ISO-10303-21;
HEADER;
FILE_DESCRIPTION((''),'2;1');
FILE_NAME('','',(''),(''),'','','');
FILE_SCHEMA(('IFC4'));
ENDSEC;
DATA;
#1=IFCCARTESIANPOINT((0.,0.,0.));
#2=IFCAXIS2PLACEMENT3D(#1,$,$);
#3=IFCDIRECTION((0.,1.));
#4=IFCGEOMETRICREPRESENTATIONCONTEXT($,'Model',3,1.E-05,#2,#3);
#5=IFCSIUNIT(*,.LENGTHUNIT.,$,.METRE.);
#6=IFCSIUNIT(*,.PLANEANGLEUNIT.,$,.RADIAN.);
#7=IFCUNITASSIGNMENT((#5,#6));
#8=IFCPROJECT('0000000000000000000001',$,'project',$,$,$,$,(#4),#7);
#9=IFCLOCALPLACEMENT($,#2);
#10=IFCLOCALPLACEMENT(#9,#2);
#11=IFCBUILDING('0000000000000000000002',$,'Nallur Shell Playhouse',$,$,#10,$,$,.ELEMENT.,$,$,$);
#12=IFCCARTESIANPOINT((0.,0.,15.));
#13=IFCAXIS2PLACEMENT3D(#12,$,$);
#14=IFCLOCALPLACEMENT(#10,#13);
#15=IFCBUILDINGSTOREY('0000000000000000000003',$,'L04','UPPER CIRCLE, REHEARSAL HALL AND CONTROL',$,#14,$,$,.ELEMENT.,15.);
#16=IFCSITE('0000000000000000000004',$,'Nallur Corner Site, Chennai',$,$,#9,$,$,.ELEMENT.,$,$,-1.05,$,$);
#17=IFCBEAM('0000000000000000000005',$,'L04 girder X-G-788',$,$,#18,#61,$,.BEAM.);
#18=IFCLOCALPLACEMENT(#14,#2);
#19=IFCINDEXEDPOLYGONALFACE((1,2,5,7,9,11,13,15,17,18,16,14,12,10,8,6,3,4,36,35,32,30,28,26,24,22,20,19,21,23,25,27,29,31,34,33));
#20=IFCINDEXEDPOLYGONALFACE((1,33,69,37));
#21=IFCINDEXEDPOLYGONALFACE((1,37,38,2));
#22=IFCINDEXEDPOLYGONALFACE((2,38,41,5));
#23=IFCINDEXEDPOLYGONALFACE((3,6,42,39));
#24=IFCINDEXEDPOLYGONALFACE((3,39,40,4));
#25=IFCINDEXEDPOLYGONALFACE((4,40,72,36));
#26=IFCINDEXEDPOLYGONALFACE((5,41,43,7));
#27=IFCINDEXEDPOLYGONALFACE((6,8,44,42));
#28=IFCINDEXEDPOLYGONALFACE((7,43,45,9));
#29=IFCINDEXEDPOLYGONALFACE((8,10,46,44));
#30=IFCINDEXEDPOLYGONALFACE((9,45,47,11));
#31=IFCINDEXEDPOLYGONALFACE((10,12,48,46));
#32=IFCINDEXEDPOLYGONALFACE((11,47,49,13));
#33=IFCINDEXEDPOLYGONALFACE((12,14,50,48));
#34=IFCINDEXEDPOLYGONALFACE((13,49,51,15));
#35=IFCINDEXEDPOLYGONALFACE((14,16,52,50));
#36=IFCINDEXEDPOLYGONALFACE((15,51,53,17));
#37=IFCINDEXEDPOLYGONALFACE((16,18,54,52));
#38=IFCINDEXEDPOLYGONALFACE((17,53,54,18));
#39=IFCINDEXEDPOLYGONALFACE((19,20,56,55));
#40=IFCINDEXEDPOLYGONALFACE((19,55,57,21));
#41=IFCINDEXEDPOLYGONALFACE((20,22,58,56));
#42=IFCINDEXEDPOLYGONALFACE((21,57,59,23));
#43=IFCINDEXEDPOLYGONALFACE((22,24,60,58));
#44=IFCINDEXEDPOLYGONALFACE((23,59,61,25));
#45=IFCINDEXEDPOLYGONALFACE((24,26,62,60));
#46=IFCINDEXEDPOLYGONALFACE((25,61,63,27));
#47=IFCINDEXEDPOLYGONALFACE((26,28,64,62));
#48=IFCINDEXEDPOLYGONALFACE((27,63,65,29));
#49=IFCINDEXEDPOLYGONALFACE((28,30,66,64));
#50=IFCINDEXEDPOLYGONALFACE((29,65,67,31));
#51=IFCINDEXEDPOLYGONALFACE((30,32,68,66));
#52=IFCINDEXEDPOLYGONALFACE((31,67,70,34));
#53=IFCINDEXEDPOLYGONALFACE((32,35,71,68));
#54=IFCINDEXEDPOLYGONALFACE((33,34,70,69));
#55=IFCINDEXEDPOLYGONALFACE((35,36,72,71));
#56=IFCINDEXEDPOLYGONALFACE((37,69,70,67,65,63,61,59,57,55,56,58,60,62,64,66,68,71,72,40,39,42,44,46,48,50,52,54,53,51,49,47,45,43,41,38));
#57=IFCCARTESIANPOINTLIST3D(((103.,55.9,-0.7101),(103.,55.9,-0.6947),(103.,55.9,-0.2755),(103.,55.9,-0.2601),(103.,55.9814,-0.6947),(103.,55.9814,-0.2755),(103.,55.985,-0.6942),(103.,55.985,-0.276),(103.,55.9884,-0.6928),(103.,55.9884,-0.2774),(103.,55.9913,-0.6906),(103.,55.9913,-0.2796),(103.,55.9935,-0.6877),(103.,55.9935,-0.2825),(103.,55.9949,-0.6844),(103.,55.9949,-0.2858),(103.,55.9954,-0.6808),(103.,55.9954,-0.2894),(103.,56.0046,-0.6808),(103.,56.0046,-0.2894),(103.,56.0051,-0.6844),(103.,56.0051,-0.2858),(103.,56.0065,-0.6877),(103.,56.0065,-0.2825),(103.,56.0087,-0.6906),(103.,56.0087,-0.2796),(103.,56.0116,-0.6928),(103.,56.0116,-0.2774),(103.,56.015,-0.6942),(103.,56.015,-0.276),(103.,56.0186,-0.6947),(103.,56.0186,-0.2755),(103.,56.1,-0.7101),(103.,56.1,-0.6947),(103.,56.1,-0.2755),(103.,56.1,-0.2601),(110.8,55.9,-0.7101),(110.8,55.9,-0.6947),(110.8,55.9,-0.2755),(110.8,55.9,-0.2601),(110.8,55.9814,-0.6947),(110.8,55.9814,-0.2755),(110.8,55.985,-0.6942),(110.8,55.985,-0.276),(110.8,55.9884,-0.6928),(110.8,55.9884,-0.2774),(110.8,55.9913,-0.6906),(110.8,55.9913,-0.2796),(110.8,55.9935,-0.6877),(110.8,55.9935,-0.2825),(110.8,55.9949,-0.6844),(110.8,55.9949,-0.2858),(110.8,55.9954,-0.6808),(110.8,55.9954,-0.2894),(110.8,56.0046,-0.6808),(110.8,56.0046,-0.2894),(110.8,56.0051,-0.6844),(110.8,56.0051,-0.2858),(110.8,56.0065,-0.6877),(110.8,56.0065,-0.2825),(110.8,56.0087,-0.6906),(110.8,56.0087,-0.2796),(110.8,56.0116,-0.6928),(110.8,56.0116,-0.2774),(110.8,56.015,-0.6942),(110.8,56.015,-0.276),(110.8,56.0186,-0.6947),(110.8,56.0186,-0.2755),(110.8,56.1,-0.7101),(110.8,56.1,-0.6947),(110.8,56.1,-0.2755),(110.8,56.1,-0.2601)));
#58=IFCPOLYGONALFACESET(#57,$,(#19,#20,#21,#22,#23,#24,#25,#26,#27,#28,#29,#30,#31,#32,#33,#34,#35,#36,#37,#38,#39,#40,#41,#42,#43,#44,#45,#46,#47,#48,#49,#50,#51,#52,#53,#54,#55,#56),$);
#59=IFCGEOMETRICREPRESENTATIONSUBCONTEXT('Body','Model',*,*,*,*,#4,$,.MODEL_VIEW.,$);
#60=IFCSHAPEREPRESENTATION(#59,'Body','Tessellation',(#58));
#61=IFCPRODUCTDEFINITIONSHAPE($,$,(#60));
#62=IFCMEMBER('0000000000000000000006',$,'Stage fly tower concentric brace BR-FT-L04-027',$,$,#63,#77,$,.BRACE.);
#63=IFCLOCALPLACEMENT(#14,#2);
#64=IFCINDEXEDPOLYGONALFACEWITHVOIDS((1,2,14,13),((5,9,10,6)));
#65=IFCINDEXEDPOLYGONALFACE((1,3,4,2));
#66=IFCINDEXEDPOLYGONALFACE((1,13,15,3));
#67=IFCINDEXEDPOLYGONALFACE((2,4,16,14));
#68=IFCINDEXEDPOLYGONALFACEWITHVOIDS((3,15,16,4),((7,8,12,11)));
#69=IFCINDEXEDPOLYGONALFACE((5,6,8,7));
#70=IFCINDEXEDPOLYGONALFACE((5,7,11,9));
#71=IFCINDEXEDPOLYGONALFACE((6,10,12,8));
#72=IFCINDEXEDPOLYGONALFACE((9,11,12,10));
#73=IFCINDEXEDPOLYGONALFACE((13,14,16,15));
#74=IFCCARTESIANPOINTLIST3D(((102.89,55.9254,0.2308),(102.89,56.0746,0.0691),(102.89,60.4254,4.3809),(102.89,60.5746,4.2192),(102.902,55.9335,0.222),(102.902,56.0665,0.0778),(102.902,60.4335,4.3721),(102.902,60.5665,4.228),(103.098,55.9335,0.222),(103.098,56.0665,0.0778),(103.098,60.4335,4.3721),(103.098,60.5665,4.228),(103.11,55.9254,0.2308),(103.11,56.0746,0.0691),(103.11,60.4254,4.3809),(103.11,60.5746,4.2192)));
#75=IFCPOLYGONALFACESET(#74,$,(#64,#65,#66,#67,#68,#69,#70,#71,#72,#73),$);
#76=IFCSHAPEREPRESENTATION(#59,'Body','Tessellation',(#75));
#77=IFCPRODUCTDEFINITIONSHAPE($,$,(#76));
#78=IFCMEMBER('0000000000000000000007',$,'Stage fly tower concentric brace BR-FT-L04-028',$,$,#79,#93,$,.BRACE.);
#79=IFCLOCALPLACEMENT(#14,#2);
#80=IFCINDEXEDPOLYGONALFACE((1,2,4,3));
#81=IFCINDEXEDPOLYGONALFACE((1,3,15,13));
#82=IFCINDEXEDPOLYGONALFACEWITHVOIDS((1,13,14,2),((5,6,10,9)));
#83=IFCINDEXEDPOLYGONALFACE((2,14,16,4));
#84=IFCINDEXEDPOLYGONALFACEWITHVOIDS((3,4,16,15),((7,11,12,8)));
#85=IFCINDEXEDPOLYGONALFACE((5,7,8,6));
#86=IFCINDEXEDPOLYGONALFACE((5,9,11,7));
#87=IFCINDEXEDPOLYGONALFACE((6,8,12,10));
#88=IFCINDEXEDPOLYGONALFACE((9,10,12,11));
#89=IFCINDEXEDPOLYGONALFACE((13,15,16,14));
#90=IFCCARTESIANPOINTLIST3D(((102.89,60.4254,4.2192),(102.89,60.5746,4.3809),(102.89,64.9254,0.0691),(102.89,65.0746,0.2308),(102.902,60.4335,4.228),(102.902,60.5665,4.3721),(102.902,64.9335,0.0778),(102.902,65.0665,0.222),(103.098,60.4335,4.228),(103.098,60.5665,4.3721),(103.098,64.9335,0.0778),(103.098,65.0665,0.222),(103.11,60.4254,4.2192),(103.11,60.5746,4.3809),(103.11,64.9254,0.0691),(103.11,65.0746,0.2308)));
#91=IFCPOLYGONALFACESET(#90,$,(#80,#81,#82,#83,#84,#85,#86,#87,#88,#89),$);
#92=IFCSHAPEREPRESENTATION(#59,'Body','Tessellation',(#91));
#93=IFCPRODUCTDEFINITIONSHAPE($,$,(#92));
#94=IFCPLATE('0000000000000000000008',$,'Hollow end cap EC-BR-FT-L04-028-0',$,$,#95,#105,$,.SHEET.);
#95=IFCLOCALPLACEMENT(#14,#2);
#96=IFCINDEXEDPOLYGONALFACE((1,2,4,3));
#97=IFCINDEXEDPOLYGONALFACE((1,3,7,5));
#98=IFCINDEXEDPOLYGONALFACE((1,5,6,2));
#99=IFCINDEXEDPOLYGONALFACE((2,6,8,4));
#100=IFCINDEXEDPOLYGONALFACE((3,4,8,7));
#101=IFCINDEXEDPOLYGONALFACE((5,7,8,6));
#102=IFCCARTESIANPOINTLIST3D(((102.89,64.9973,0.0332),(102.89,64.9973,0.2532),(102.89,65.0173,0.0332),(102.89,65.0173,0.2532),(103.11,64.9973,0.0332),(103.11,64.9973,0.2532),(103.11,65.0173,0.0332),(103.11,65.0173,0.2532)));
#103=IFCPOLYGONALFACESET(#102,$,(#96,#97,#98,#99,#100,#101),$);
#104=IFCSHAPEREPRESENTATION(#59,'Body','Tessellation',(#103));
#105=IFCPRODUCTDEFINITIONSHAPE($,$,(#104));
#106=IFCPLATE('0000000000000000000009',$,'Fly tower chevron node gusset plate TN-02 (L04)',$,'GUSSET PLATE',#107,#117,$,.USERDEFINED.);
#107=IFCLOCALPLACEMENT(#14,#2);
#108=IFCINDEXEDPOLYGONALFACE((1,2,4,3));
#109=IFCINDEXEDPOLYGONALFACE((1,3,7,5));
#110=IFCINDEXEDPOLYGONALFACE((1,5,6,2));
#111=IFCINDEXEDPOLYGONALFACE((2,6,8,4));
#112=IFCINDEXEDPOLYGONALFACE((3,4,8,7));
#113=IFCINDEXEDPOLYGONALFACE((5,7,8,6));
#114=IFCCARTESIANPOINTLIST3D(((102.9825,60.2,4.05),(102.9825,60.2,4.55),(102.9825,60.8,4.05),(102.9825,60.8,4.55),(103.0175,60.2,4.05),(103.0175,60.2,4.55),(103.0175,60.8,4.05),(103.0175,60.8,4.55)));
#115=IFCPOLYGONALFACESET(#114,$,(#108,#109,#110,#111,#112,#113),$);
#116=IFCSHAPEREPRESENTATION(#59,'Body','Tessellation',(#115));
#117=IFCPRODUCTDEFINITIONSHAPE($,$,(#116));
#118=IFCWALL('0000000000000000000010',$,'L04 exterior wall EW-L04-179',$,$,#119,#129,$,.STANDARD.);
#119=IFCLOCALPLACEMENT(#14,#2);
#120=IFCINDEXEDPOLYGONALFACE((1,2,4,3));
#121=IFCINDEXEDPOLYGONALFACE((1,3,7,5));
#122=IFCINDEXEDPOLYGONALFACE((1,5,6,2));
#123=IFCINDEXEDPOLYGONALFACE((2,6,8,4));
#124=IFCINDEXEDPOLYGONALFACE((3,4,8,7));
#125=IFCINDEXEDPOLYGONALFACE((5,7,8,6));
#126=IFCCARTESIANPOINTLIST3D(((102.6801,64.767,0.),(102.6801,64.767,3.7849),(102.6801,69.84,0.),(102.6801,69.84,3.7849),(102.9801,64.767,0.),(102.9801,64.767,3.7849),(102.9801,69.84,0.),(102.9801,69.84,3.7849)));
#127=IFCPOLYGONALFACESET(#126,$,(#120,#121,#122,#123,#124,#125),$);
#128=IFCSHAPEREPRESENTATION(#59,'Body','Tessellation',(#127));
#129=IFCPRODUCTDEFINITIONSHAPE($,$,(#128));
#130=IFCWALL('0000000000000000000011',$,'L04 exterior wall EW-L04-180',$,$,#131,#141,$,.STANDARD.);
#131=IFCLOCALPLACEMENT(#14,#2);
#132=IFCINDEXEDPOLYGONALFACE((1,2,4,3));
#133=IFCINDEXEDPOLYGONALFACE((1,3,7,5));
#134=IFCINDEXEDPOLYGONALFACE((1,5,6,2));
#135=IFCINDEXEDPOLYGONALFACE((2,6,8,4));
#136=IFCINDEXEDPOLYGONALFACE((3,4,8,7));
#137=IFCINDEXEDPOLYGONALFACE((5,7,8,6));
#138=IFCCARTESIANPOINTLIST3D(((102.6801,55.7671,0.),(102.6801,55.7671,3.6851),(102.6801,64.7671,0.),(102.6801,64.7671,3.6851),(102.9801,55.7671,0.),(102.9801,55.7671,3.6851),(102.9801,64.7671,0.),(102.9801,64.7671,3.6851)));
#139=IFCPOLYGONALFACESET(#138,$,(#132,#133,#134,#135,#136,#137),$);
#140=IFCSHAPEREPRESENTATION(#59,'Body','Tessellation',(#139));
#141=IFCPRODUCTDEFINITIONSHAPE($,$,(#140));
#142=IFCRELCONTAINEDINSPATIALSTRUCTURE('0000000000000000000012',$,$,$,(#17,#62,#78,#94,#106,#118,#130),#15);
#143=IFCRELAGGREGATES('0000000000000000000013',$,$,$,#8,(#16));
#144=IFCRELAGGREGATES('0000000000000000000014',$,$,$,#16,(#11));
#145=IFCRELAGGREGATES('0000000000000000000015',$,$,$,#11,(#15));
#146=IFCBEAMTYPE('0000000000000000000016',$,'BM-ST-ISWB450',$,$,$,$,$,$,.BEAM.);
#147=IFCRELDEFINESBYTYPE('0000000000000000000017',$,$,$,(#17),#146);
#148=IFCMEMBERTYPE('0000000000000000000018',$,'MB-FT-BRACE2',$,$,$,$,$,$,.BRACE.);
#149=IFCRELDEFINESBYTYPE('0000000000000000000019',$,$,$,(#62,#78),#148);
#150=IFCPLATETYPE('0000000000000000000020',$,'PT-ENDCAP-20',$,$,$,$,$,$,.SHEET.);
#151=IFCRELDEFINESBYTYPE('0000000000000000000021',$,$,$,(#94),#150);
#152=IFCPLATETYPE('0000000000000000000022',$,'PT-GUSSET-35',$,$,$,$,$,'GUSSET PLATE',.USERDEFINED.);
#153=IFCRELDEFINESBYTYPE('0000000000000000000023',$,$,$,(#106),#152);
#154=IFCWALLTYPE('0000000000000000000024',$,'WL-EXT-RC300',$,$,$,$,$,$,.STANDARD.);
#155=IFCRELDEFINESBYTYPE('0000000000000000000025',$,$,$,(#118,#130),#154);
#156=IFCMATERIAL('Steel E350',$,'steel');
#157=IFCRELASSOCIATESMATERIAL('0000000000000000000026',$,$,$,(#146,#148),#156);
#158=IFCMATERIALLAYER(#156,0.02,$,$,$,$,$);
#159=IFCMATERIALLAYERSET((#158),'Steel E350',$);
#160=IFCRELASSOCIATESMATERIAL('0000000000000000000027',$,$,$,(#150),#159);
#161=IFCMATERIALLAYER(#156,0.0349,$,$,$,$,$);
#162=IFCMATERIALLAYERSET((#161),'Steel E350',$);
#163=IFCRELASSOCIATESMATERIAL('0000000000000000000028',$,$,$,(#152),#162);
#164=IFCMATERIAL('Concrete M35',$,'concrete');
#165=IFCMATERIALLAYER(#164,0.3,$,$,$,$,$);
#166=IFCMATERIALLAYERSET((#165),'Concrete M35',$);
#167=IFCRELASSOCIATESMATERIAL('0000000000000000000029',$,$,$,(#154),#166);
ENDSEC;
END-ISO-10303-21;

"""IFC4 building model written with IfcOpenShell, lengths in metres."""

from ifc_helpers import new_model, si_unit, direction, frame, frame_2d, origin, origin_2d, place, context, subcontext, project, spatial, rectangle, hollow_rectangle, i_section, extrude, material, layer, layer_set, material_profile, profile_set, type_object, element, save


model = new_model("IFC4")

# Units and contexts
model_context = context("Model", 3, precision=1e-05, world=origin(), true_north=direction((0.0, 1.0)))
body_context = subcontext(model_context, "Body", "Model", "MODEL_VIEW")
ifc_project = project(units=[si_unit("LENGTHUNIT", "METRE"), si_unit("PLANEANGLEUNIT", "RADIAN")], contexts=[model_context])

# Site, building, storey
site_placement = place(None, origin())
site = spatial("IfcSite", under=ifc_project, at=site_placement, Name="Nallur Corner Site, Chennai", CompositionType="ELEMENT", RefElevation=-1.05)
building_placement = place(site_placement, origin())
building = spatial("IfcBuilding", under=site, at=building_placement, Name="Nallur Shell Playhouse", CompositionType="ELEMENT")
storey_placement = place(building_placement, frame((0.0, 0.0, 15.0)))
storey = spatial("IfcBuildingStorey", under=building, at=storey_placement, Name="L04", Description="UPPER CIRCLE, REHEARSAL HALL AND CONTROL", CompositionType="ELEMENT", Elevation=15.0)

# Shared definitions
ifc_material_1 = material(Name="Steel E350", Category="steel")

# Beam
ifc_material_profile_1 = material_profile(ifc_material_1, i_section(OverallWidth=0.2, OverallDepth=0.45, WebThickness=0.0093, FlangeThickness=0.0154, FilletRadius=0.0139, at=origin_2d()), Name="ISWB 450")
ifc_profile_set_1 = profile_set([ifc_material_profile_1], Name="Steel E350")
beam_type_1 = type_object("IfcBeamType", Name="BM-ST-ISWB450", PredefinedType="BEAM", material=ifc_profile_set_1)
beam_1_placement = place(storey_placement, frame((103.0, 56.0, -0.4851), z_axis=(1.0, 0.0, 0.0), x_axis=(0.0, 1.0, 0.0)))
element("IfcBeam", 1, at=beam_1_placement, inside=storey, type_object=beam_type_1, Name="L04 girder X-G-788", PredefinedType="BEAM", context=body_context, shape_type="SweptSolid", body=[
    extrude(i_section(OverallWidth=0.2, OverallDepth=0.45, WebThickness=0.0093, FlangeThickness=0.0154, FilletRadius=0.0139, at=origin_2d()), origin(), (0.0, 0.0, 1.0), 7.8),
])

# Members
ifc_material_profile_2 = material_profile(ifc_material_1, hollow_rectangle(XDim=0.22, YDim=0.22, WallThickness=0.012, at=origin_2d()), Name="SHS 220x220x12")
ifc_profile_set_2 = profile_set([ifc_material_profile_2], Name="Steel E350")
member_type = type_object("IfcMemberType", Name="MB-FT-BRACE2", PredefinedType="BRACE", material=ifc_profile_set_2)
for number, where, z_axis, x_axis, name in (
    (2, (103.0, 56.0, 0.1499), (0.0, 0.735105, 0.677954), (-1.0, 0.0, 0.0), "Stage fly tower concentric brace BR-FT-L04-027"),
    (3, (103.0, 65.0, 0.1499), (0.0, -0.735105, 0.677954), (1.0, 0.0, 0.0), "Stage fly tower concentric brace BR-FT-L04-028"),
):
    element("IfcMember", number, at=place(storey_placement, frame(where, z_axis=z_axis, x_axis=x_axis)), inside=storey, type_object=member_type, Name=name, PredefinedType="BRACE", context=body_context, shape_type="SweptSolid", body=[
        extrude(hollow_rectangle(XDim=0.22, YDim=0.22, WallThickness=0.012, at=origin_2d()), origin(), (0.0, 0.0, 1.0), 6.1216),
    ])

# Plates
ifc_layer_1 = layer(ifc_material_1, 0.02)
ifc_layer_set_1 = layer_set([ifc_layer_1], Name="Steel E350")
plate_type_1 = type_object("IfcPlateType", Name="PT-ENDCAP-20", PredefinedType="SHEET", material=ifc_layer_set_1)
plate_1_placement = place(storey_placement, frame((103.0, 65.0073, 0.0332), z_axis=(0.0, 0.0, 1.0), x_axis=(1.0, 0.0, 0.0)))
element("IfcPlate", 4, at=plate_1_placement, inside=storey, type_object=plate_type_1, Name="Hollow end cap EC-BR-FT-L04-028-0", PredefinedType="SHEET", context=body_context, shape_type="SweptSolid", body=[
    extrude(rectangle(XDim=0.22, YDim=0.02, at=origin_2d()), origin(), (0.0, 0.0, 1.0), 0.22),
])
ifc_layer_2 = layer(ifc_material_1, 0.0349)
ifc_layer_set_2 = layer_set([ifc_layer_2], Name="Steel E350")
plate_type_2 = type_object("IfcPlateType", Name="PT-GUSSET-35", ElementType="GUSSET PLATE", PredefinedType="USERDEFINED", material=ifc_layer_set_2)
plate_2_placement = place(storey_placement, frame((103.0, 60.5, 4.05), z_axis=(0.0, 0.0, 1.0), x_axis=(1.0, 0.0, 0.0)))
element("IfcPlate", 5, at=plate_2_placement, inside=storey, type_object=plate_type_2, Name="Fly tower chevron node gusset plate TN-02 (L04)", ObjectType="GUSSET PLATE", PredefinedType="USERDEFINED", context=body_context, shape_type="SweptSolid", body=[
    extrude(rectangle(XDim=0.0349, YDim=0.6001, at=origin_2d()), origin(), (0.0, 0.0, 1.0), 0.5),
])

# Walls
ifc_material_2 = material(Name="Concrete M35", Category="concrete")
ifc_layer_3 = layer(ifc_material_2, 0.3)
ifc_layer_set_3 = layer_set([ifc_layer_3], Name="Concrete M35")
wall_type = type_object("IfcWallType", Name="WL-EXT-RC300", PredefinedType="STANDARD", material=ifc_layer_set_3)
wall_1_placement = place(storey_placement, frame((102.8301, 69.8401, 0.0), z_axis=(0.0, 0.0, 1.0), x_axis=(0.0, -1.0, 0.0)))
element("IfcWall", 6, at=wall_1_placement, inside=storey, type_object=wall_type, Name="L04 exterior wall EW-L04-179", PredefinedType="STANDARD", context=body_context, shape_type="SweptSolid", body=[
    extrude(rectangle(XDim=5.073, YDim=0.3, at=frame_2d((2.5366, 0.0))), origin(), (0.0, 0.0, 1.0), 3.7849),
])
wall_2_placement = place(storey_placement, frame((102.8301, 64.7671, 0.0), z_axis=(0.0, 0.0, 1.0), x_axis=(0.0, -1.0, 0.0)))
element("IfcWall", 7, at=wall_2_placement, inside=storey, type_object=wall_type, Name="L04 exterior wall EW-L04-180", PredefinedType="STANDARD", context=body_context, shape_type="SweptSolid", body=[
    extrude(rectangle(XDim=9.0, YDim=0.3, at=frame_2d((4.5, 0.0))), origin(), (0.0, 0.0, 1.0), 3.6851),
])

save(model, "model.ifc")
